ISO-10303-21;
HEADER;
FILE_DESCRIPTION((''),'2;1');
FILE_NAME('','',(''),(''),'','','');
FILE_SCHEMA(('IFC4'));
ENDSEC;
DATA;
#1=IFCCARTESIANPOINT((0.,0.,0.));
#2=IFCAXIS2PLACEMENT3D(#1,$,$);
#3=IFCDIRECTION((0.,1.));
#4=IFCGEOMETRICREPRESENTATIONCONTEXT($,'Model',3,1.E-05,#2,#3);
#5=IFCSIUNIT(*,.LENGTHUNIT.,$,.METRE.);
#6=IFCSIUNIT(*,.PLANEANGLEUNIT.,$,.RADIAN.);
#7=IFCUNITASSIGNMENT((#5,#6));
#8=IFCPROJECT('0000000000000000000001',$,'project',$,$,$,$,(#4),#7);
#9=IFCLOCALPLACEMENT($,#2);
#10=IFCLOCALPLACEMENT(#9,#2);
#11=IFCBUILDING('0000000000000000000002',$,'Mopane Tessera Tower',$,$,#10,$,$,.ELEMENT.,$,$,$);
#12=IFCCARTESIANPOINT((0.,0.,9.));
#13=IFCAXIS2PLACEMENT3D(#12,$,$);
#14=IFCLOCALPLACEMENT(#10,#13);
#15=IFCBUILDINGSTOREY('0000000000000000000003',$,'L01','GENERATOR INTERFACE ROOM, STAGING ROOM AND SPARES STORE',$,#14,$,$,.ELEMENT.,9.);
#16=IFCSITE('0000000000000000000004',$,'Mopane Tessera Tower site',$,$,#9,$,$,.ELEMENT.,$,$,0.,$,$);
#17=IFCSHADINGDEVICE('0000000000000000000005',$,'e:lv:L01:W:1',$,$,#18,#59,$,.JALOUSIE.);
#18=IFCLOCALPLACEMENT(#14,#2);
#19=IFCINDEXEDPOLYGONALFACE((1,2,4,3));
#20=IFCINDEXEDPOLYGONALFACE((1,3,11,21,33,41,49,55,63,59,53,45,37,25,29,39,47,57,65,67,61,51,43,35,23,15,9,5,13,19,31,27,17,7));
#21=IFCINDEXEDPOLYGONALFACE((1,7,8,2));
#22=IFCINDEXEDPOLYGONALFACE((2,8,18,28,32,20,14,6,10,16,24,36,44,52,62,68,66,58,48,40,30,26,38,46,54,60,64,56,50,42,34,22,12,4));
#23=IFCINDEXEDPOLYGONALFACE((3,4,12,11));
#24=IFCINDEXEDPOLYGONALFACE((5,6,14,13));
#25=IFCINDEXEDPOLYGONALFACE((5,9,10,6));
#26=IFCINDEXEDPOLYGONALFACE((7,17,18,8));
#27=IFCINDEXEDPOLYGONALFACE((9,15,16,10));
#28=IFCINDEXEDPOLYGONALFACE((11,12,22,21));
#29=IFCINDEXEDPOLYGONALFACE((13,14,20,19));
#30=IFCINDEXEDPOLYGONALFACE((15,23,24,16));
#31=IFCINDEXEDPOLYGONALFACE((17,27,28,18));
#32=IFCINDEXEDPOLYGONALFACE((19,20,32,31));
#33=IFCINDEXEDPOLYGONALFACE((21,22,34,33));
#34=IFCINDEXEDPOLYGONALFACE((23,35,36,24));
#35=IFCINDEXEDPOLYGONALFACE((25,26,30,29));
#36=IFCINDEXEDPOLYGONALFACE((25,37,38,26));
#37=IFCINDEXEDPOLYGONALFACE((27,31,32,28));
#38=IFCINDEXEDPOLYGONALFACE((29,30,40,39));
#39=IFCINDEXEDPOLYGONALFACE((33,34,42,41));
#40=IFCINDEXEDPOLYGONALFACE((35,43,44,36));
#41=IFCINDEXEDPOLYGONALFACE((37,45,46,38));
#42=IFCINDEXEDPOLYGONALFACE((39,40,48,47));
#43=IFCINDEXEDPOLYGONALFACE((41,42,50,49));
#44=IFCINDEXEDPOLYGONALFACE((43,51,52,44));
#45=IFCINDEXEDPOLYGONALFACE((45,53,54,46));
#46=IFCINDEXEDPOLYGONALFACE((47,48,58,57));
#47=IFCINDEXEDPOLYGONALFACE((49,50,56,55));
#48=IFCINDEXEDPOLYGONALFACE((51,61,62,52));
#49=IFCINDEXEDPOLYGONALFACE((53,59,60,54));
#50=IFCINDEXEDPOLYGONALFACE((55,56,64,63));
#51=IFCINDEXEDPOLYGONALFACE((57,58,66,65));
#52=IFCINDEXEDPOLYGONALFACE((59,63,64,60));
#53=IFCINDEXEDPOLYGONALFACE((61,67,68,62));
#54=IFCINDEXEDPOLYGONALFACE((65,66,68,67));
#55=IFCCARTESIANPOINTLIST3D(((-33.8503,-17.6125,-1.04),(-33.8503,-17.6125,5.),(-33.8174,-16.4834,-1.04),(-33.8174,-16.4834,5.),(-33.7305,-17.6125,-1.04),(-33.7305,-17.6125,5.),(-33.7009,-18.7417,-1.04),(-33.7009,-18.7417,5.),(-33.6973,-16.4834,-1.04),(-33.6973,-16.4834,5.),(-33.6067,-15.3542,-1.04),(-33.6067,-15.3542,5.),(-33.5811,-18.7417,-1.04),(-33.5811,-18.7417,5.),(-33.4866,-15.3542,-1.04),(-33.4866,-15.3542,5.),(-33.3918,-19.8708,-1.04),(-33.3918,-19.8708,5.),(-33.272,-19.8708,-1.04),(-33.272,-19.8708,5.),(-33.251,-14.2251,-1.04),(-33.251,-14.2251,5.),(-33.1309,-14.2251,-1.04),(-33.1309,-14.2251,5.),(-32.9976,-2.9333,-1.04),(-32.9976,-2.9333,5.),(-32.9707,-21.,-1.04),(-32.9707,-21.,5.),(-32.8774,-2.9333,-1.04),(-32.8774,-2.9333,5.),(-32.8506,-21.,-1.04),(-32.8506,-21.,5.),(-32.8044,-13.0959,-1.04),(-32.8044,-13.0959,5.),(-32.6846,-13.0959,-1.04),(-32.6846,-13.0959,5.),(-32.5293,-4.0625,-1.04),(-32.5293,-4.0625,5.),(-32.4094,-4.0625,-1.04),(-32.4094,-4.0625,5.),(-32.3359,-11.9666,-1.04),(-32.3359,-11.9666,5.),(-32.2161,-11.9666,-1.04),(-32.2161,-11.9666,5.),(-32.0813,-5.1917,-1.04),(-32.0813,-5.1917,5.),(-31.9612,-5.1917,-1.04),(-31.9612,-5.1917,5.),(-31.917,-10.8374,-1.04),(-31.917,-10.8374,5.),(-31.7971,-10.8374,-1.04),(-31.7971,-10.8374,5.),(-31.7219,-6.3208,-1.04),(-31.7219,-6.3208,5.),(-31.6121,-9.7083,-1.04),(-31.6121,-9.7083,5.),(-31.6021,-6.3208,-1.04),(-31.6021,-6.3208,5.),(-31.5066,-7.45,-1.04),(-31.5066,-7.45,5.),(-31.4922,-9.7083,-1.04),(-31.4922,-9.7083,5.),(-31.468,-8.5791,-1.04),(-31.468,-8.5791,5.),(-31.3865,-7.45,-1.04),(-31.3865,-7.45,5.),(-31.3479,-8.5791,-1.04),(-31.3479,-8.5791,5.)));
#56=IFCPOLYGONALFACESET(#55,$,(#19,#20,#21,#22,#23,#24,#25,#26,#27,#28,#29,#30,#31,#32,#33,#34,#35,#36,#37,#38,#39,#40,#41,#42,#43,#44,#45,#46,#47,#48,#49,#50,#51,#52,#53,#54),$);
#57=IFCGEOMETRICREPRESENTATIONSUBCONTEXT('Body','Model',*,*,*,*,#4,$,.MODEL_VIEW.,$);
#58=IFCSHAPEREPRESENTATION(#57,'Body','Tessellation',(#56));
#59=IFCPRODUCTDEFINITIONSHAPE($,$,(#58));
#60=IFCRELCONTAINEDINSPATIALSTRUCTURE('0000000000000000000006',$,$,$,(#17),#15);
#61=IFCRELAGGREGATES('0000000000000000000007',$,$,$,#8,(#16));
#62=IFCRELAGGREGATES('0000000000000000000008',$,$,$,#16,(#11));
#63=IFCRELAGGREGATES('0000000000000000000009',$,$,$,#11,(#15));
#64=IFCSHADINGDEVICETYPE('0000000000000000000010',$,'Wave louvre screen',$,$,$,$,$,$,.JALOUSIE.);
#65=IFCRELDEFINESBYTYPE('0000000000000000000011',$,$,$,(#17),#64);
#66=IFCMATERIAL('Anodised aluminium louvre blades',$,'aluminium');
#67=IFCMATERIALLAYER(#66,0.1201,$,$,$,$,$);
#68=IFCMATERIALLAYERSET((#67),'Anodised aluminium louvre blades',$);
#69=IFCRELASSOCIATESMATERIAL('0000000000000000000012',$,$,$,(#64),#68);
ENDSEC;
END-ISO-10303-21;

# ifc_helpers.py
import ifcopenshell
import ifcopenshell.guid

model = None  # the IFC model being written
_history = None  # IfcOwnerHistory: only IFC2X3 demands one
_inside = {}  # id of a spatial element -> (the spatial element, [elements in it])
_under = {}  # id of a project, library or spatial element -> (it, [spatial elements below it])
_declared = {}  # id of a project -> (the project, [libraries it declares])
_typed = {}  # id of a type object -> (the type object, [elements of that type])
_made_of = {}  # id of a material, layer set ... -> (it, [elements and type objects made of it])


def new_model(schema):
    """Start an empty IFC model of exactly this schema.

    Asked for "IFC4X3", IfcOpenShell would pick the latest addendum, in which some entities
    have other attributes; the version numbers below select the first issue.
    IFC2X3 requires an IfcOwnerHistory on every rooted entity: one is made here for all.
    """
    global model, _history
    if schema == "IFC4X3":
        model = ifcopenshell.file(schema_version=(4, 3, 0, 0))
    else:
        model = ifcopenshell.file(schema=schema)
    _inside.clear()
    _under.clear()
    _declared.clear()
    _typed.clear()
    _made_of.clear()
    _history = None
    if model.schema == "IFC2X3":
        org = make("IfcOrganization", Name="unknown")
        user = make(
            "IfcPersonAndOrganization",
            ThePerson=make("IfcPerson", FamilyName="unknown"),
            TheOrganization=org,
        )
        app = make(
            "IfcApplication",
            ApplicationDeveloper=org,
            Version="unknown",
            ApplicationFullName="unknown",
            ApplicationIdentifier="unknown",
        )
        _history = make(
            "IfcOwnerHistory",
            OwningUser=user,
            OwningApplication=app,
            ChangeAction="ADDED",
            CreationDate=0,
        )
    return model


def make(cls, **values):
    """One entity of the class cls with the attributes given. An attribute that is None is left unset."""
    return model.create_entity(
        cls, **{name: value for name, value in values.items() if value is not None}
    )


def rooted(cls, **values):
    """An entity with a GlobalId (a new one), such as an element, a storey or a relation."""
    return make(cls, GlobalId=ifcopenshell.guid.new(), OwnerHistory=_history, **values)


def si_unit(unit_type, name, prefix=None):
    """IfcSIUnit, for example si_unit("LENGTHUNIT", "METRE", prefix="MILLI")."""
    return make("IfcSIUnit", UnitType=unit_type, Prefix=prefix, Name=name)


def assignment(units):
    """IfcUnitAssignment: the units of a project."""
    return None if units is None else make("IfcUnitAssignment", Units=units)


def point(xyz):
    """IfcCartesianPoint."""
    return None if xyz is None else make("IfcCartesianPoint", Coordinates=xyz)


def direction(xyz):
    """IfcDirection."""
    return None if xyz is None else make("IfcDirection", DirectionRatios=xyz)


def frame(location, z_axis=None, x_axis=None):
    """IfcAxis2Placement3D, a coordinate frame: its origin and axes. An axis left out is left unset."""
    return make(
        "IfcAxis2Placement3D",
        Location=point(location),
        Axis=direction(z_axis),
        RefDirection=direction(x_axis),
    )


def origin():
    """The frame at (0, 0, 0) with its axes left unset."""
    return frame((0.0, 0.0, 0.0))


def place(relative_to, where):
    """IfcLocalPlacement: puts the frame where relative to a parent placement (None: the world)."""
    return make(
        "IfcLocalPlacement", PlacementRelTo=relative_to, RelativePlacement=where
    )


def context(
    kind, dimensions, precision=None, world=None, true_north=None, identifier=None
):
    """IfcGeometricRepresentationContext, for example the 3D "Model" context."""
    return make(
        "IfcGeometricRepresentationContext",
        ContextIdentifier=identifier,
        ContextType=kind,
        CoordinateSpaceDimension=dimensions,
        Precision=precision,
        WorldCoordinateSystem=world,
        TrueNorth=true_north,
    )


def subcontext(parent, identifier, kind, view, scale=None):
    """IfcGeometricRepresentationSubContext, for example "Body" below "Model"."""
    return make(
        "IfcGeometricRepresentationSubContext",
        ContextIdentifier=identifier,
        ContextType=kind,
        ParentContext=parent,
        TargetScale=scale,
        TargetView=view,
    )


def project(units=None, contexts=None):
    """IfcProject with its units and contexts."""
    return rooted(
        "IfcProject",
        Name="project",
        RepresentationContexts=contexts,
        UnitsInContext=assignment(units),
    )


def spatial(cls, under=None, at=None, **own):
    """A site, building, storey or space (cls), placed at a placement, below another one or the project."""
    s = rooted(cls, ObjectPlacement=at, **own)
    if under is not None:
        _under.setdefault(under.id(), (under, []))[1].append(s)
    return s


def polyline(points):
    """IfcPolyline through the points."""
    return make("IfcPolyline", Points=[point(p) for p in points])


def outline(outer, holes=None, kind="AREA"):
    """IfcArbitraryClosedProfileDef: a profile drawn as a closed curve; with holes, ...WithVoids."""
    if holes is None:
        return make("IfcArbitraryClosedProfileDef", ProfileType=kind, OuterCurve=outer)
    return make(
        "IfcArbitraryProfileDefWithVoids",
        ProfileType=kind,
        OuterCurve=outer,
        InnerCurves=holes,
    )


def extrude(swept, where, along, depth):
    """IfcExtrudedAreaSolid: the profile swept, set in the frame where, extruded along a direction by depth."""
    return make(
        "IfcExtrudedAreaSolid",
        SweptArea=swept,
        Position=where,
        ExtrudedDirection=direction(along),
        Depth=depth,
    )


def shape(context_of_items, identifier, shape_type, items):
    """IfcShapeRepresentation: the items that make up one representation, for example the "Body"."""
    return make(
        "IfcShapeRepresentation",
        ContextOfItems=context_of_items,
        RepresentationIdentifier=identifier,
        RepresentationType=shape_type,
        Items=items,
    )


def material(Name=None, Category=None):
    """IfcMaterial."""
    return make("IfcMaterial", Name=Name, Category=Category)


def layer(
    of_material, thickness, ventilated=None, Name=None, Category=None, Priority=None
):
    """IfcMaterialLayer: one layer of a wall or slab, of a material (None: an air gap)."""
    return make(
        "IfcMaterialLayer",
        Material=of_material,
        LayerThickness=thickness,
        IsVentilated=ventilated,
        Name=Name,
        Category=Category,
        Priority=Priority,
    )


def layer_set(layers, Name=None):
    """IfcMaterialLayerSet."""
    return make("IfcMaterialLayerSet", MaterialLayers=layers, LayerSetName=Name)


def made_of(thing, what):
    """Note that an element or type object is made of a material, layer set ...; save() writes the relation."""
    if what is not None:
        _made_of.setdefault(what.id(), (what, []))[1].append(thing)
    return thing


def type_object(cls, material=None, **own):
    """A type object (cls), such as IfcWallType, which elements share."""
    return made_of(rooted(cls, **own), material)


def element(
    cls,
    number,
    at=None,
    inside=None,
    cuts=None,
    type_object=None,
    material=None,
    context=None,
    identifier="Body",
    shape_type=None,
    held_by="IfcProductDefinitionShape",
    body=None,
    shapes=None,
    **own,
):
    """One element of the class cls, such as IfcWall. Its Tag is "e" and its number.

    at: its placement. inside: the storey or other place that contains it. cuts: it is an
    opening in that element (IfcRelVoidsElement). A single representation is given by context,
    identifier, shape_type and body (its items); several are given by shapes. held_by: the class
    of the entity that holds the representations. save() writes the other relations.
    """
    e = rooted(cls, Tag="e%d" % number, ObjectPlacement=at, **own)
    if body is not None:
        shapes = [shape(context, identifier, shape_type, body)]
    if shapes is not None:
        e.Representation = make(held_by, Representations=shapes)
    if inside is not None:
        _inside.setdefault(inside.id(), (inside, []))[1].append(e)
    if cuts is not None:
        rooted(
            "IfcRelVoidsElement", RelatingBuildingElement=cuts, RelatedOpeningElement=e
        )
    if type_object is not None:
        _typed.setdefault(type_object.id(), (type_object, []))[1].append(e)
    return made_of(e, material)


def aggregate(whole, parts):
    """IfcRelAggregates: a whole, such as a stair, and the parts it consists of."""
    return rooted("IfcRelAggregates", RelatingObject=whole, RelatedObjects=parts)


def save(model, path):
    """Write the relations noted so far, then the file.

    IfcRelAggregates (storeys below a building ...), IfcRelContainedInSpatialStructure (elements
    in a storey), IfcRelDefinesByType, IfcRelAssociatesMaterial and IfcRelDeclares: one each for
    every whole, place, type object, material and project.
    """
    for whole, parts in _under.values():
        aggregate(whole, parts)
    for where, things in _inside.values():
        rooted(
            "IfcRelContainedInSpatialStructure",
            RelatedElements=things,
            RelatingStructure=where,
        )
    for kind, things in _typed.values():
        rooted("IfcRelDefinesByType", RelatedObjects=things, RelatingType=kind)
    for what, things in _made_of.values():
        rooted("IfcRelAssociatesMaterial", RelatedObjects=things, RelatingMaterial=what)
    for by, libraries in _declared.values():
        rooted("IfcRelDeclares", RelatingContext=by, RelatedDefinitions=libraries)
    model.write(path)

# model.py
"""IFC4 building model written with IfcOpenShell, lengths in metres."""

from ifc_helpers import new_model, si_unit, direction, frame, origin, place, context, subcontext, project, spatial, polyline, outline, extrude, material, layer, layer_set, type_object, element, save


model = new_model("IFC4")

# Units and contexts
model_context = context("Model", 3, precision=1e-05, world=origin(), true_north=direction((0.0, 1.0)))
body_context = subcontext(model_context, "Body", "Model", "MODEL_VIEW")
ifc_project = project(units=[si_unit("LENGTHUNIT", "METRE"), si_unit("PLANEANGLEUNIT", "RADIAN")], contexts=[model_context])

# Site, building, storey
site_placement = place(None, origin())
site = spatial("IfcSite", under=ifc_project, at=site_placement, Name="Mopane Tessera Tower site", CompositionType="ELEMENT", RefElevation=0.0)
building_placement = place(site_placement, origin())
building = spatial("IfcBuilding", under=site, at=building_placement, Name="Mopane Tessera Tower", CompositionType="ELEMENT")
storey_placement = place(building_placement, frame((0.0, 0.0, 9.0)))
storey = spatial("IfcBuildingStorey", under=building, at=storey_placement, Name="L01", Description="GENERATOR INTERFACE ROOM, STAGING ROOM AND SPARES STORE", CompositionType="ELEMENT", Elevation=9.0)

# Shading device
ifc_material_1 = material(Name="Anodised aluminium louvre blades", Category="aluminium")
ifc_layer_1 = layer(ifc_material_1, 0.1201)
ifc_layer_set_1 = layer_set([ifc_layer_1], Name="Anodised aluminium louvre blades")
shading_device_type = type_object("IfcShadingDeviceType", Name="Wave louvre screen", PredefinedType="JALOUSIE", material=ifc_layer_set_1)
shading_device_1_placement = place(storey_placement, frame((0.0, 0.0, -1.04)))
element("IfcShadingDevice", 1, at=shading_device_1_placement, inside=storey, type_object=shading_device_type, Name="e:lv:L01:W:1", PredefinedType="JALOUSIE", context=body_context, shape_type="SweptSolid", body=[
    extrude(outline(polyline([(-32.8774, -2.9333), (-32.4094, -4.0625), (-31.9612, -5.1917), (-31.6021, -6.3208), (-31.3865, -7.45), (-31.3479, -8.5791), (-31.4922, -9.7083), (-31.7971, -10.8374), (-32.2161, -11.9666), (-32.6846, -13.0959), (-33.1309, -14.2251), (-33.4866, -15.3542), (-33.6973, -16.4834), (-33.7305, -17.6125), (-33.5811, -18.7417), (-33.272, -19.8708), (-32.8506, -21.0), (-32.9707, -21.0), (-33.3918, -19.8708), (-33.7009, -18.7417), (-33.8503, -17.6125), (-33.8174, -16.4834), (-33.6067, -15.3542), (-33.251, -14.2251), (-32.8044, -13.0959), (-32.3359, -11.9666), (-31.917, -10.8374), (-31.6121, -9.7083), (-31.468, -8.5791), (-31.5066, -7.45), (-31.7219, -6.3208), (-32.0813, -5.1917), (-32.5293, -4.0625), (-32.9976, -2.9333), (-32.8774, -2.9333)])), origin(), (0.0, 0.0, 1.0), 6.04),
])

save(model, "model.ifc")
